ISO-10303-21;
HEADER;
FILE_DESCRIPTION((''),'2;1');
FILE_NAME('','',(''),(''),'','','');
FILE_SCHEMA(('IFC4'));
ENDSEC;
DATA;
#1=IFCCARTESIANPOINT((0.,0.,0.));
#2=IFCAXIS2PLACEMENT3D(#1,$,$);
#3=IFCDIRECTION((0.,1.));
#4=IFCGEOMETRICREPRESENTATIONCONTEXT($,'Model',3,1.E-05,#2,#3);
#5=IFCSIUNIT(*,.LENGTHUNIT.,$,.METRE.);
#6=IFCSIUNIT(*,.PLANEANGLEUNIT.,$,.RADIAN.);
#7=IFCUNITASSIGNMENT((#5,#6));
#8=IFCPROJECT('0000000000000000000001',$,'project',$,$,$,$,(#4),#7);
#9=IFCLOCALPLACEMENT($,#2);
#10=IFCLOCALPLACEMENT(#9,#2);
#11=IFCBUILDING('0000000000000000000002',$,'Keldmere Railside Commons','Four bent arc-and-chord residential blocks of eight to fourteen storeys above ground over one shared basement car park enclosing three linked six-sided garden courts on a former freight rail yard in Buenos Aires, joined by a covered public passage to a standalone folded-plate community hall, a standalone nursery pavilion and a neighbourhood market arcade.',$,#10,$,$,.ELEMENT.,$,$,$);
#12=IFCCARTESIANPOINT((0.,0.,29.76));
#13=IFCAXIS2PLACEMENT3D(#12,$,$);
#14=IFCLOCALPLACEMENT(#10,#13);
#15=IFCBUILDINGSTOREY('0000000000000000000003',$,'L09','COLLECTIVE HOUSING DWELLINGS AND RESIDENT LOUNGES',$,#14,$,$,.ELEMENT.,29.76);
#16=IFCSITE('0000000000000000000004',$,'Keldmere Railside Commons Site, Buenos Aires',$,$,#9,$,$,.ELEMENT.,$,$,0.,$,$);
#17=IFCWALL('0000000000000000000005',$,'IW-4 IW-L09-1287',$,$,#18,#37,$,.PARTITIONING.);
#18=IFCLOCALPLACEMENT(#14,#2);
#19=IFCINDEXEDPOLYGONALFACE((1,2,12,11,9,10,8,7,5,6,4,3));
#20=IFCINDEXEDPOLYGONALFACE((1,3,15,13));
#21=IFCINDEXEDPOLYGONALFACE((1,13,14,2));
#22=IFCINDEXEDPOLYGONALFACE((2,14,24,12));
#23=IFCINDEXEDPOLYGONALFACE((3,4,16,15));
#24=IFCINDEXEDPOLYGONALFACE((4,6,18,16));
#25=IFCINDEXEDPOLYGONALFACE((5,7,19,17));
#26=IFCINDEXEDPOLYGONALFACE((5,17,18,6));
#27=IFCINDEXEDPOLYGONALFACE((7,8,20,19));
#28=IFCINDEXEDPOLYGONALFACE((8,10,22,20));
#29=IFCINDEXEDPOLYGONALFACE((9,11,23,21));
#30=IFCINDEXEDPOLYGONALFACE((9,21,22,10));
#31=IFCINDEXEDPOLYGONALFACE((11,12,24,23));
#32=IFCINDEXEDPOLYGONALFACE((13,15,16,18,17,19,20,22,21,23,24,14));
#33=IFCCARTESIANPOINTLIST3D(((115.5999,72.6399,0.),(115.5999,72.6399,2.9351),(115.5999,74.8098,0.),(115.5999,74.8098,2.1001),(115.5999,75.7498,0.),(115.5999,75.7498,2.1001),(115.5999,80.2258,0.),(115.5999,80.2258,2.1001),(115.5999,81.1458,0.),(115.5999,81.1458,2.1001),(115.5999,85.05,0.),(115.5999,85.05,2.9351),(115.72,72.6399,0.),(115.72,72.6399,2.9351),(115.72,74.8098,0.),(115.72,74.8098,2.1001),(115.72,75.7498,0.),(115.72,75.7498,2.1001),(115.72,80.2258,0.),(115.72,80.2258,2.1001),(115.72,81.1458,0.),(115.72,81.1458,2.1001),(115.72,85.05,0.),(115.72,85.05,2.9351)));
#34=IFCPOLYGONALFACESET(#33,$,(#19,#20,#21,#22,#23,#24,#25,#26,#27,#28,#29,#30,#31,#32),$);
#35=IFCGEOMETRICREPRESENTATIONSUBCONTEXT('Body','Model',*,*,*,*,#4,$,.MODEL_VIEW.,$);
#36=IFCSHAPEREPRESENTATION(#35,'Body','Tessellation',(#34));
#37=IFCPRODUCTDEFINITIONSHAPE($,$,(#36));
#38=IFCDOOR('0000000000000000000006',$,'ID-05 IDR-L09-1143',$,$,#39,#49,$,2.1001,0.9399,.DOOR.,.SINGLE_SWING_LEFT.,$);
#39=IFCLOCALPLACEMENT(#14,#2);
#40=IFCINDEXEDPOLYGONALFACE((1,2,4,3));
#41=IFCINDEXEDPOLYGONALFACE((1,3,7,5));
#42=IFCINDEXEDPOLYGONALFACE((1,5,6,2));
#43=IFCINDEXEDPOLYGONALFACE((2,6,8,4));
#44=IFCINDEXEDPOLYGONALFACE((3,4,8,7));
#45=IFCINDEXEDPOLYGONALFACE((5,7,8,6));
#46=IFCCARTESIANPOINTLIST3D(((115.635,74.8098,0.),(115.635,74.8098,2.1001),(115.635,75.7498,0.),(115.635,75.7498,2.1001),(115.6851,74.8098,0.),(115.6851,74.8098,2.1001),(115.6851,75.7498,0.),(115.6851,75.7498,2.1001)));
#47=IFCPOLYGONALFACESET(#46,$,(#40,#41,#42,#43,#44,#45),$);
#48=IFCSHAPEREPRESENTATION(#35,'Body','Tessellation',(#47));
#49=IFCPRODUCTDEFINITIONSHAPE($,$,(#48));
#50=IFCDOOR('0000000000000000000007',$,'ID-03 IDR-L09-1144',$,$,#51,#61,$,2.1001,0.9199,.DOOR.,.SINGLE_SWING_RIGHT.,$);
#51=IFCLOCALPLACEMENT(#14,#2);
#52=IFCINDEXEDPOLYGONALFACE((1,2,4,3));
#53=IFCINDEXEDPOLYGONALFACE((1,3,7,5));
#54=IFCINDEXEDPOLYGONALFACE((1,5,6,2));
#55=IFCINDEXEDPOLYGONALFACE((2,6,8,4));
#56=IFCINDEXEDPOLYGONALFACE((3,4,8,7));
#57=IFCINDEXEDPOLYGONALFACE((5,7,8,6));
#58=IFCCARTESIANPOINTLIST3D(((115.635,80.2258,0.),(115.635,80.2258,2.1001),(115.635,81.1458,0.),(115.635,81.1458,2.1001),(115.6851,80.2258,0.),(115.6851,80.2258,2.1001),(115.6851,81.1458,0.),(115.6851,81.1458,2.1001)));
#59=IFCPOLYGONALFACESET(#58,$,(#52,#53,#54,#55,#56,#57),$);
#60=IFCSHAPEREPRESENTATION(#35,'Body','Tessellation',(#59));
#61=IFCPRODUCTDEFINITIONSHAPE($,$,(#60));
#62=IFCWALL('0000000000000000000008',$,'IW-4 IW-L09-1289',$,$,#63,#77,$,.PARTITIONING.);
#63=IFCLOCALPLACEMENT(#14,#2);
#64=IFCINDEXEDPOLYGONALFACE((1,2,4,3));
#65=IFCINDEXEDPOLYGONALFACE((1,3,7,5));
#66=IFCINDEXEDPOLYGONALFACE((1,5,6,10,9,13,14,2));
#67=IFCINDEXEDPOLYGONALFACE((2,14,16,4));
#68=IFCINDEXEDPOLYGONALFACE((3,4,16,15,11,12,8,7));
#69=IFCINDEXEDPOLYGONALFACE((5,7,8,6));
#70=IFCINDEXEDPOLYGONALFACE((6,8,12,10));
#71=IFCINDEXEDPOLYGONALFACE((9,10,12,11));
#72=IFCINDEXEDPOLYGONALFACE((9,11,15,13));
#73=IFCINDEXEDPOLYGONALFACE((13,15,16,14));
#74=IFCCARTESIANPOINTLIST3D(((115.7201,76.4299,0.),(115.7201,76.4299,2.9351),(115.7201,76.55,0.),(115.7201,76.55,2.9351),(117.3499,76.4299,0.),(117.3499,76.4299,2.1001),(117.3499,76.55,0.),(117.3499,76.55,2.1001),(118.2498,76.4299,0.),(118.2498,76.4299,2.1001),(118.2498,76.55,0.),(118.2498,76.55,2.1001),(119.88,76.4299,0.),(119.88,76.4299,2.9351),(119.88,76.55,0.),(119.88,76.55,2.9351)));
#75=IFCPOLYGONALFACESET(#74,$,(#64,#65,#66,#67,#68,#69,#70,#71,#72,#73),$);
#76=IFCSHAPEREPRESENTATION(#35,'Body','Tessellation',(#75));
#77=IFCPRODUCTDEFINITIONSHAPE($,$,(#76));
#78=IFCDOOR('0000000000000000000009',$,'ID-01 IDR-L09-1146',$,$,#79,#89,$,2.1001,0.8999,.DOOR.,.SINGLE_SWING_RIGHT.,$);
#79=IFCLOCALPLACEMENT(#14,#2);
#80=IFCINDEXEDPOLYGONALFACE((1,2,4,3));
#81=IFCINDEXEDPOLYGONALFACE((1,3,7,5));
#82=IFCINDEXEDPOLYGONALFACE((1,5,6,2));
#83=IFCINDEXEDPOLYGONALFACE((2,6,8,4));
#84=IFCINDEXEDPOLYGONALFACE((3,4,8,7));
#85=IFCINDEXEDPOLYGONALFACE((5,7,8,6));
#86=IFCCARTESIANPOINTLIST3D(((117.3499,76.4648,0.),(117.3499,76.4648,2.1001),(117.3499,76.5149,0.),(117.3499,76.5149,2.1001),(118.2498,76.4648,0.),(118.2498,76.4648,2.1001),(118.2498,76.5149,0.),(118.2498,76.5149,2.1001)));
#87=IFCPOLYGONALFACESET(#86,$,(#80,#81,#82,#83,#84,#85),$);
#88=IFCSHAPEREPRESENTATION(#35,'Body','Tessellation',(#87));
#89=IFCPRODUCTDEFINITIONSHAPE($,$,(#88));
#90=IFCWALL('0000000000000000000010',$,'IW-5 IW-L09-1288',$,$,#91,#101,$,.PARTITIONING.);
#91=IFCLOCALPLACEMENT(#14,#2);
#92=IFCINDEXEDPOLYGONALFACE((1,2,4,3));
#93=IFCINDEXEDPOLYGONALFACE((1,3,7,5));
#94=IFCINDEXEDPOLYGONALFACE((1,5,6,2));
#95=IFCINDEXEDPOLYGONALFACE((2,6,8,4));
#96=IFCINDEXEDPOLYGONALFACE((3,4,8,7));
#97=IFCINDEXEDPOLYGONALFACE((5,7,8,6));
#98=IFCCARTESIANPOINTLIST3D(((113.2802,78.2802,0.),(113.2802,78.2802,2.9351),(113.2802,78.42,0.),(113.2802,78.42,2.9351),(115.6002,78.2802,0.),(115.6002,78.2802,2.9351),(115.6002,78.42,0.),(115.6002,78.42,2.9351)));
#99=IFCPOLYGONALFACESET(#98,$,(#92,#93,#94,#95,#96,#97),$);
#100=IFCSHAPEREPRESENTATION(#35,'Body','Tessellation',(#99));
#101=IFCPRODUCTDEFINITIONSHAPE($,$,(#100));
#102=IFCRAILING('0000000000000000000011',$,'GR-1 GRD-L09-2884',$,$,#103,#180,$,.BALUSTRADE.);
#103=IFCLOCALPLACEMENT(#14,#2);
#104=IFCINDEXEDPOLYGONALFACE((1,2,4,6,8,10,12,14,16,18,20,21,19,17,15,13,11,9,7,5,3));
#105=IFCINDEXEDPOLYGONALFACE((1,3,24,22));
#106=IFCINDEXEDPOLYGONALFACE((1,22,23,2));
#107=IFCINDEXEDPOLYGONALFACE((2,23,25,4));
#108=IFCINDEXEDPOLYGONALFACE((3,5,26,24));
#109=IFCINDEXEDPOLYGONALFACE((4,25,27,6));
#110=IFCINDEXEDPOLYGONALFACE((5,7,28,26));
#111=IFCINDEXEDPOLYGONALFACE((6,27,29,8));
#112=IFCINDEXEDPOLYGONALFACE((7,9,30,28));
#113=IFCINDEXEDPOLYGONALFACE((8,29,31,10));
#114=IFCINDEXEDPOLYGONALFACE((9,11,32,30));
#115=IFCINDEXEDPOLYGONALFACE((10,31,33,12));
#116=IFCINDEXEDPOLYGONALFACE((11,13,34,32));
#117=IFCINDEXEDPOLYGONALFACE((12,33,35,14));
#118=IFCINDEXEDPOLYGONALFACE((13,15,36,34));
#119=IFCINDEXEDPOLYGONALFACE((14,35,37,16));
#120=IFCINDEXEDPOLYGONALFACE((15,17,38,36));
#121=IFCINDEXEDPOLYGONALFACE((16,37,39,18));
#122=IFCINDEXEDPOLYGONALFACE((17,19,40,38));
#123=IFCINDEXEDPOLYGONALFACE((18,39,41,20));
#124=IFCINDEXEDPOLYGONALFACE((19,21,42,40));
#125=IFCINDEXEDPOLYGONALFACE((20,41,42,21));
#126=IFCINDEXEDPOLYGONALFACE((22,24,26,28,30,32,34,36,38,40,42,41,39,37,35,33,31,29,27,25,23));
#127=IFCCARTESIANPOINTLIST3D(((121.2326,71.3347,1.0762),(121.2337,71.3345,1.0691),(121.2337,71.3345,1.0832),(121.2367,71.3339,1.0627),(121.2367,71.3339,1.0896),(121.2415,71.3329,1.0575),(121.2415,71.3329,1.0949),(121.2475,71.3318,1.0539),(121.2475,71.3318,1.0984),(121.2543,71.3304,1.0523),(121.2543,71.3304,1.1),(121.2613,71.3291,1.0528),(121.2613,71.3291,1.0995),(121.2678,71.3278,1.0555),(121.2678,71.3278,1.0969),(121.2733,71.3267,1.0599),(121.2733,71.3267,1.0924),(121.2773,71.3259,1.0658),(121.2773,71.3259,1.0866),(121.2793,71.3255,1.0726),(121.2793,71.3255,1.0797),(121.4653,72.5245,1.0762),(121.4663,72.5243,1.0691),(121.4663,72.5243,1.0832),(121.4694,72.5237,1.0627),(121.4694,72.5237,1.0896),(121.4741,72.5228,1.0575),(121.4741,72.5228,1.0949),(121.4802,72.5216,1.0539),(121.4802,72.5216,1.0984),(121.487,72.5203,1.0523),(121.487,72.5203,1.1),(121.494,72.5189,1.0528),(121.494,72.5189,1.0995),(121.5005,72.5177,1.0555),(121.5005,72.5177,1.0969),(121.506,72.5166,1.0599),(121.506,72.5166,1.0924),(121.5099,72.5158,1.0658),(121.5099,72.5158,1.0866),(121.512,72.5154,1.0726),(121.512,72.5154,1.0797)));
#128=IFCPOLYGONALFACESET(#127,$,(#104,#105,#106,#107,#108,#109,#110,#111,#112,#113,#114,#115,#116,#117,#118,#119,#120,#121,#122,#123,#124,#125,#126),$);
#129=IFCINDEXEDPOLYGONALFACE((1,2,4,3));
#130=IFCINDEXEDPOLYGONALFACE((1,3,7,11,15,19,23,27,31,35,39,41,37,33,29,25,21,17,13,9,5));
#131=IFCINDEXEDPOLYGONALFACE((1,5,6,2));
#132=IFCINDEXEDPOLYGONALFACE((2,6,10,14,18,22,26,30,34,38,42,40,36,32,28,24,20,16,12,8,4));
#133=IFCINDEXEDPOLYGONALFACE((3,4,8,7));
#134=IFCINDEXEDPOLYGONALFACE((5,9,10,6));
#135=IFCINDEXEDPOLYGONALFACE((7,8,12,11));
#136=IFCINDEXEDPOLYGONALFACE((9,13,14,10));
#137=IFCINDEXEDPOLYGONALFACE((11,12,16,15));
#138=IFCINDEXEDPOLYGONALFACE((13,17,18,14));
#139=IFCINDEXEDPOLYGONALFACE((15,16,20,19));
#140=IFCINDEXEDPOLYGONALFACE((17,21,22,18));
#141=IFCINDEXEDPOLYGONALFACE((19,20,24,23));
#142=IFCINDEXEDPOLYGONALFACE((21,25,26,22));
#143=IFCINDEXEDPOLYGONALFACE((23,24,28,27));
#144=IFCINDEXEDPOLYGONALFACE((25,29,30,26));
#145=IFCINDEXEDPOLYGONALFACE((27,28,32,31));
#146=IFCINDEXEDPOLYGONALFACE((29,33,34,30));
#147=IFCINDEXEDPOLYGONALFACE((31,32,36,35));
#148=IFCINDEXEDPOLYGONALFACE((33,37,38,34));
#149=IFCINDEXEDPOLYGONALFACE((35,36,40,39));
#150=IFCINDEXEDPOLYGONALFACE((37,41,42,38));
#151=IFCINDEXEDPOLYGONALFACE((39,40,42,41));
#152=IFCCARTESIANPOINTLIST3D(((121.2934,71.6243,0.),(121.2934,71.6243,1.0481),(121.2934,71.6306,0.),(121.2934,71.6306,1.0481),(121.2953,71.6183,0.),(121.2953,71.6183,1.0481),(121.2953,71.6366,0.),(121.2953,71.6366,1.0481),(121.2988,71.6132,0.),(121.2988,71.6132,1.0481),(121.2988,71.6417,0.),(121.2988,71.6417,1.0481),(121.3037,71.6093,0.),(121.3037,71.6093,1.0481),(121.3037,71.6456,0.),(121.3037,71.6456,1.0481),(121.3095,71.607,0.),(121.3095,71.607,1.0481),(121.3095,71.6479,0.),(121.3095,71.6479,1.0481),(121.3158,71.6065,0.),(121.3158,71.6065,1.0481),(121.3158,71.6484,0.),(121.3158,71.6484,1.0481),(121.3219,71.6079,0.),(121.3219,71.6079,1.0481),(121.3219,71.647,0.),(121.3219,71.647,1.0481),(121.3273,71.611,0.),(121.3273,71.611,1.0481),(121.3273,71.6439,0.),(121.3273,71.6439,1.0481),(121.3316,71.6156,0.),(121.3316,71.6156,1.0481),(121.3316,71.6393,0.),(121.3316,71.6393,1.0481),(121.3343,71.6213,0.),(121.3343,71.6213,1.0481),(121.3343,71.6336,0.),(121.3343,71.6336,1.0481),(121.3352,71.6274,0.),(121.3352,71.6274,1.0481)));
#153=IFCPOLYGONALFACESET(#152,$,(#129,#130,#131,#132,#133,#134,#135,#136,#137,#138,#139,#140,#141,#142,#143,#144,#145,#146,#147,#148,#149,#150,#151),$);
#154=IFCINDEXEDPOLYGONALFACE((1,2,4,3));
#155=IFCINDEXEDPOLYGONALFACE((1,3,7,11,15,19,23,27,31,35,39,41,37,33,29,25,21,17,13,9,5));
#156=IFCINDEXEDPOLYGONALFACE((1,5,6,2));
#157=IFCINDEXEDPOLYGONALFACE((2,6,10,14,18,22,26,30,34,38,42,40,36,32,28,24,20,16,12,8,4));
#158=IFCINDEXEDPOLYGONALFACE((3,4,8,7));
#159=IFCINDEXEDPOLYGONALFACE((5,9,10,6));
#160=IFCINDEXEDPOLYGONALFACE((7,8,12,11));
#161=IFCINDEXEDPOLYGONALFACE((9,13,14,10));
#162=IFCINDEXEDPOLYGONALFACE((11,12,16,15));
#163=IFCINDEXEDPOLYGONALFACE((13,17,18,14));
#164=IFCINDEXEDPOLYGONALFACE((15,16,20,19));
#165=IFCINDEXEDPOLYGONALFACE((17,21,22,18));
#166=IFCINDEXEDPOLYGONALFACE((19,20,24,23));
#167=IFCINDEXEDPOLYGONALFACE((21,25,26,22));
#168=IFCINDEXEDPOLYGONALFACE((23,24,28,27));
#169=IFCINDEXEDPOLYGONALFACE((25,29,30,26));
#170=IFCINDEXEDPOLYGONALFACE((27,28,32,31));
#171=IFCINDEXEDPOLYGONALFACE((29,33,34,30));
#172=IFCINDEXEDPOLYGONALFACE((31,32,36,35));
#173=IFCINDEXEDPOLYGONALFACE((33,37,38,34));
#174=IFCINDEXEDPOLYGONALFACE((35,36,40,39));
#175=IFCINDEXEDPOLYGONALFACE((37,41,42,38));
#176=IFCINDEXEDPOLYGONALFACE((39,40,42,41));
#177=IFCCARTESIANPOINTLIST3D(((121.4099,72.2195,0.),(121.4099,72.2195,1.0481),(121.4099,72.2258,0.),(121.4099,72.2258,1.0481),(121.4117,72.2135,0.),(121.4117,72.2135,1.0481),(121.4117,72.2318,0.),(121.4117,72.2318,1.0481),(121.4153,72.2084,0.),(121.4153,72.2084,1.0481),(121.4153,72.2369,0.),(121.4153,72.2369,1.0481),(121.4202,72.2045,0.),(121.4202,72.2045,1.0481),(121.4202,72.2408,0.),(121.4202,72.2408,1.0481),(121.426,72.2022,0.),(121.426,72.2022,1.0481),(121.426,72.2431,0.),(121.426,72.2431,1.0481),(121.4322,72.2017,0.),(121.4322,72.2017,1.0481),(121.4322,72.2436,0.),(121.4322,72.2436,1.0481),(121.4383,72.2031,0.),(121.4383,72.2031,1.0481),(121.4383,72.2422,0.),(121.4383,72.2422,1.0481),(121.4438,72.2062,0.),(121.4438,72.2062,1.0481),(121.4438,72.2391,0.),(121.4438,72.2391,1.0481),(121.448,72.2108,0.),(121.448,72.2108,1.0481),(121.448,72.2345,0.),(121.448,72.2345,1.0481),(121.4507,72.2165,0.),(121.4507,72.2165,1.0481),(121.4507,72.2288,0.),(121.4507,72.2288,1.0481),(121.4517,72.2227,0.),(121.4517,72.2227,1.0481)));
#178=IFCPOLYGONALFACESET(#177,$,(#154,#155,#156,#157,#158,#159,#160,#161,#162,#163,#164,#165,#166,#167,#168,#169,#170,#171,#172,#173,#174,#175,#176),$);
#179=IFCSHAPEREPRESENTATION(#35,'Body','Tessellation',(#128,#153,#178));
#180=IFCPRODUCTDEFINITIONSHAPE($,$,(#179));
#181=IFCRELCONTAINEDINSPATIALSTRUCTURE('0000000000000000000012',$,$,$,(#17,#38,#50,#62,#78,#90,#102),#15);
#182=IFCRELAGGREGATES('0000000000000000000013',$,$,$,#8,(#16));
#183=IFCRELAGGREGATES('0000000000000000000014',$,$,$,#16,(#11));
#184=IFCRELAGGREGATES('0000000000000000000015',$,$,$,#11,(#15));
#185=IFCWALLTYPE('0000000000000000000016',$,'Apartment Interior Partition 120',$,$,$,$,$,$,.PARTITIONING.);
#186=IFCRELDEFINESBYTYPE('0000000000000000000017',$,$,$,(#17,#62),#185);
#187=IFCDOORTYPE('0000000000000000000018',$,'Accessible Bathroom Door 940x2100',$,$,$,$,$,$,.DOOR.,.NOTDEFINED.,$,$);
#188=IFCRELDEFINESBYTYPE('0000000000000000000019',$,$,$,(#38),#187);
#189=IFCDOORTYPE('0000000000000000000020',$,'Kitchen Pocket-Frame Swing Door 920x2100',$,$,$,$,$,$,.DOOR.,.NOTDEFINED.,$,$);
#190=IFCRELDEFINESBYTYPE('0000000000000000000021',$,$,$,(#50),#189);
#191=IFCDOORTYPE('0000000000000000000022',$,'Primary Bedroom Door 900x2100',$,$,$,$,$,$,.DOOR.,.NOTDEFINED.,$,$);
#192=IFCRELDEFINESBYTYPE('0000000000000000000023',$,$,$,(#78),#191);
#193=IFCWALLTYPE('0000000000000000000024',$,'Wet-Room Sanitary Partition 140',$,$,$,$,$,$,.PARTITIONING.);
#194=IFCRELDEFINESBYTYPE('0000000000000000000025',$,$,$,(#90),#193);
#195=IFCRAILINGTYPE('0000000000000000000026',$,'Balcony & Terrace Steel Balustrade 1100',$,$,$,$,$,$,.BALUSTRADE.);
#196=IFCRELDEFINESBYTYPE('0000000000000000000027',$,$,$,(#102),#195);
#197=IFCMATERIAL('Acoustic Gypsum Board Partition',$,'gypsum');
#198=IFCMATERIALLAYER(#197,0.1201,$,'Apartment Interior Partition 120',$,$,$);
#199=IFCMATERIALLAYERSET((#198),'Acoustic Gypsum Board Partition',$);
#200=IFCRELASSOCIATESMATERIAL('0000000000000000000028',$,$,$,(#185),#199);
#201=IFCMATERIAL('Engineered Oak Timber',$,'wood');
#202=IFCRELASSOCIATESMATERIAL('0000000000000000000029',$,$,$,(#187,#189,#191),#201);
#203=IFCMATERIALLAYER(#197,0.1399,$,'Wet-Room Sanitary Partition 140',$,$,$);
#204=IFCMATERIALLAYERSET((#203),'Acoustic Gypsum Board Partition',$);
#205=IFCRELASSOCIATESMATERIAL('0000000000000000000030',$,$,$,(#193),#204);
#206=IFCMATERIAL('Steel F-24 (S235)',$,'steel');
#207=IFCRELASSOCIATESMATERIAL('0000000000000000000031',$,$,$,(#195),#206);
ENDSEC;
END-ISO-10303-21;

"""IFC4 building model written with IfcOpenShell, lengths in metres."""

from ifc_helpers import new_model, si_unit, direction, frame, frame_2d, origin, origin_2d, place, context, subcontext, project, spatial, rectangle, circle, extrude, material, layer, layer_set, type_object, element, fill, save


model = new_model("IFC4")

# Units and contexts
model_context = context("Model", 3, precision=1e-05, world=origin(), true_north=direction((0.0, 1.0)))
body_context = subcontext(model_context, "Body", "Model", "MODEL_VIEW")
ifc_project = project(units=[si_unit("LENGTHUNIT", "METRE"), si_unit("PLANEANGLEUNIT", "RADIAN")], contexts=[model_context])

# Site, building, storey
site_placement = place(None, origin())
site = spatial("IfcSite", under=ifc_project, at=site_placement, Name="Keldmere Railside Commons Site, Buenos Aires", CompositionType="ELEMENT", RefElevation=0.0)
building_placement = place(site_placement, origin())
building = spatial("IfcBuilding", under=site, at=building_placement, Name="Keldmere Railside Commons", Description="Four bent arc-and-chord residential blocks of eight to fourteen storeys above ground over one shared basement car park enclosing three linked six-sided garden courts on a former freight rail yard in Buenos Aires, joined by a covered public passage to a standalone folded-plate community hall, a standalone nursery pavilion and a neighbourhood market arcade.", CompositionType="ELEMENT")
storey_placement = place(building_placement, frame((0.0, 0.0, 29.76)))
storey = spatial("IfcBuildingStorey", under=building, at=storey_placement, Name="L09", Description="COLLECTIVE HOUSING DWELLINGS AND RESIDENT LOUNGES", CompositionType="ELEMENT", Elevation=29.76)

# Shared definitions
ifc_material_1 = material(Name="Acoustic Gypsum Board Partition", Category="gypsum")

# Wall, openings, doors
ifc_layer_1 = layer(ifc_material_1, 0.1201, Name="Apartment Interior Partition 120")
ifc_layer_set_1 = layer_set([ifc_layer_1], Name="Acoustic Gypsum Board Partition")
wall_type_1 = type_object("IfcWallType", Name="Apartment Interior Partition 120", PredefinedType="PARTITIONING", material=ifc_layer_set_1)
wall_1_placement = place(storey_placement, frame((115.6599, 72.6399, 0.0), z_axis=(0.0, 0.0, 1.0), x_axis=(0.0, 1.0, 0.0)))
wall_1 = element("IfcWall", 1, at=wall_1_placement, inside=storey, type_object=wall_type_1, Name="IW-4 IW-L09-1287", PredefinedType="PARTITIONING", context=body_context, shape_type="SweptSolid", body=[
    extrude(rectangle(XDim=12.4102, YDim=0.1201, at=frame_2d((6.2051, 0.0))), origin(), (0.0, 0.0, 1.0), 2.9351),
])
opening_1_placement = place(wall_1_placement, frame((2.1699, 0.0, 0.0)))
opening_1 = element("IfcOpeningElement", 2, at=opening_1_placement, cuts=wall_1, PredefinedType="OPENING", context=body_context, shape_type="SweptSolid", body=[
    extrude(rectangle(XDim=0.9399, YDim=2.1001, at=frame_2d((0.47, 1.05))), frame((0.0, 0.0701, 0.0), z_axis=(0.0, -1.0, 0.0), x_axis=(1.0, 0.0, 0.0)), (0.0, 0.0, 1.0), 0.1401),
])
opening_2_placement = place(wall_1_placement, frame((7.5859, 0.0, 0.0)))
opening_2 = element("IfcOpeningElement", 3, at=opening_2_placement, cuts=wall_1, PredefinedType="OPENING", context=body_context, shape_type="SweptSolid", body=[
    extrude(rectangle(XDim=0.9199, YDim=2.1001, at=frame_2d((0.46, 1.05))), frame((0.0, 0.0701, 0.0), z_axis=(0.0, -1.0, 0.0), x_axis=(1.0, 0.0, 0.0)), (0.0, 0.0, 1.0), 0.1401),
])
ifc_material_2 = material(Name="Engineered Oak Timber", Category="wood")
door_type_1 = type_object("IfcDoorType", Name="Accessible Bathroom Door 940x2100", OperationType="NOTDEFINED", PredefinedType="DOOR", material=ifc_material_2)
door_1_placement = place(opening_1_placement, origin())
door_1 = element("IfcDoor", 4, at=door_1_placement, inside=storey, type_object=door_type_1, Name="ID-05 IDR-L09-1143", OperationType="SINGLE_SWING_LEFT", OverallHeight=2.1001, OverallWidth=0.9399, PredefinedType="DOOR", context=body_context, shape_type="SweptSolid", body=[
    extrude(rectangle(XDim=0.9399, YDim=2.1001, at=frame_2d((0.47, 1.05))), frame((0.0, 0.0249, 0.0), z_axis=(0.0, -1.0, 0.0), x_axis=(1.0, 0.0, 0.0)), (0.0, 0.0, 1.0), 0.05),
])
fill(opening_1, door_1)
door_type_2 = type_object("IfcDoorType", Name="Kitchen Pocket-Frame Swing Door 920x2100", OperationType="NOTDEFINED", PredefinedType="DOOR", material=ifc_material_2)
door_2_placement = place(opening_2_placement, origin())
door_2 = element("IfcDoor", 5, at=door_2_placement, inside=storey, type_object=door_type_2, Name="ID-03 IDR-L09-1144", OperationType="SINGLE_SWING_RIGHT", OverallHeight=2.1001, OverallWidth=0.9199, PredefinedType="DOOR", context=body_context, shape_type="SweptSolid", body=[
    extrude(rectangle(XDim=0.9199, YDim=2.1001, at=frame_2d((0.46, 1.05))), frame((0.0, 0.0249, 0.0), z_axis=(0.0, -1.0, 0.0), x_axis=(1.0, 0.0, 0.0)), (0.0, 0.0, 1.0), 0.05),
])
fill(opening_2, door_2)

# Wall, opening, door
wall_2_placement = place(storey_placement, frame((115.72, 76.49, 0.0), z_axis=(0.0, 0.0, 1.0), x_axis=(1.0, 0.0, 0.0)))
wall_2 = element("IfcWall", 6, at=wall_2_placement, inside=storey, type_object=wall_type_1, Name="IW-4 IW-L09-1289", PredefinedType="PARTITIONING", context=body_context, shape_type="SweptSolid", body=[
    extrude(rectangle(XDim=4.1599, YDim=0.1201, at=frame_2d((2.0801, 0.0))), origin(), (0.0, 0.0, 1.0), 2.9351),
])
opening_3_placement = place(wall_2_placement, frame((1.6299, 0.0, 0.0)))
opening_3 = element("IfcOpeningElement", 7, at=opening_3_placement, cuts=wall_2, PredefinedType="OPENING", context=body_context, shape_type="SweptSolid", body=[
    extrude(rectangle(XDim=0.8999, YDim=2.1001, at=frame_2d((0.45, 1.05))), frame((0.0, 0.0701, 0.0), z_axis=(0.0, -1.0, 0.0), x_axis=(1.0, 0.0, 0.0)), (0.0, 0.0, 1.0), 0.1401),
])
door_type_3 = type_object("IfcDoorType", Name="Primary Bedroom Door 900x2100", OperationType="NOTDEFINED", PredefinedType="DOOR", material=ifc_material_2)
door_3_placement = place(opening_3_placement, origin())
door_3 = element("IfcDoor", 8, at=door_3_placement, inside=storey, type_object=door_type_3, Name="ID-01 IDR-L09-1146", OperationType="SINGLE_SWING_RIGHT", OverallHeight=2.1001, OverallWidth=0.8999, PredefinedType="DOOR", context=body_context, shape_type="SweptSolid", body=[
    extrude(rectangle(XDim=0.8999, YDim=2.1001, at=frame_2d((0.45, 1.05))), frame((0.0, 0.0249, 0.0), z_axis=(0.0, -1.0, 0.0), x_axis=(1.0, 0.0, 0.0)), (0.0, 0.0, 1.0), 0.05),
])
fill(opening_3, door_3)

# Wall
ifc_layer_2 = layer(ifc_material_1, 0.1399, Name="Wet-Room Sanitary Partition 140")
ifc_layer_set_2 = layer_set([ifc_layer_2], Name="Acoustic Gypsum Board Partition")
wall_type_2 = type_object("IfcWallType", Name="Wet-Room Sanitary Partition 140", PredefinedType="PARTITIONING", material=ifc_layer_set_2)
wall_3_placement = place(storey_placement, frame((113.28, 78.3501, 0.0), z_axis=(0.0, 0.0, 1.0), x_axis=(1.0, 0.0, 0.0)))
element("IfcWall", 9, at=wall_3_placement, inside=storey, type_object=wall_type_2, Name="IW-5 IW-L09-1288", PredefinedType="PARTITIONING", context=body_context, shape_type="SweptSolid", body=[
    extrude(rectangle(XDim=2.3201, YDim=0.1399, at=frame_2d((1.1602, 0.0))), origin(), (0.0, 0.0, 1.0), 2.9351),
])

# Railing
ifc_material_3 = material(Name="Steel F-24 (S235)", Category="steel")
railing_type = type_object("IfcRailingType", Name="Balcony & Terrace Steel Balustrade 1100", PredefinedType="BALUSTRADE", material=ifc_material_3)
railing_1_placement = place(storey_placement, frame((121.2561, 71.3301, 0.0)))
element("IfcRailing", 10, at=railing_1_placement, inside=storey, type_object=railing_type, Name="GR-1 GRD-L09-2884", PredefinedType="BALUSTRADE", context=body_context, shape_type="SweptSolid", body=[
    extrude(circle(Radius=0.0239, at=origin_2d()), frame((0.0, 0.0, 1.0762), z_axis=(0.191894, 0.981416, 0.0), x_axis=(-0.981416, 0.191894, 0.0)), (0.0, 0.0, 1.0), 1.2124),
    extrude(circle(Radius=0.021, at=origin_2d()), frame((0.0581, 0.2974, 0.0)), (0.0, 0.0, 1.0), 1.0481),
    extrude(circle(Radius=0.021, at=origin_2d()), frame((0.1746, 0.8926, 0.0)), (0.0, 0.0, 1.0), 1.0481),
])

save(model, "model.ifc")
